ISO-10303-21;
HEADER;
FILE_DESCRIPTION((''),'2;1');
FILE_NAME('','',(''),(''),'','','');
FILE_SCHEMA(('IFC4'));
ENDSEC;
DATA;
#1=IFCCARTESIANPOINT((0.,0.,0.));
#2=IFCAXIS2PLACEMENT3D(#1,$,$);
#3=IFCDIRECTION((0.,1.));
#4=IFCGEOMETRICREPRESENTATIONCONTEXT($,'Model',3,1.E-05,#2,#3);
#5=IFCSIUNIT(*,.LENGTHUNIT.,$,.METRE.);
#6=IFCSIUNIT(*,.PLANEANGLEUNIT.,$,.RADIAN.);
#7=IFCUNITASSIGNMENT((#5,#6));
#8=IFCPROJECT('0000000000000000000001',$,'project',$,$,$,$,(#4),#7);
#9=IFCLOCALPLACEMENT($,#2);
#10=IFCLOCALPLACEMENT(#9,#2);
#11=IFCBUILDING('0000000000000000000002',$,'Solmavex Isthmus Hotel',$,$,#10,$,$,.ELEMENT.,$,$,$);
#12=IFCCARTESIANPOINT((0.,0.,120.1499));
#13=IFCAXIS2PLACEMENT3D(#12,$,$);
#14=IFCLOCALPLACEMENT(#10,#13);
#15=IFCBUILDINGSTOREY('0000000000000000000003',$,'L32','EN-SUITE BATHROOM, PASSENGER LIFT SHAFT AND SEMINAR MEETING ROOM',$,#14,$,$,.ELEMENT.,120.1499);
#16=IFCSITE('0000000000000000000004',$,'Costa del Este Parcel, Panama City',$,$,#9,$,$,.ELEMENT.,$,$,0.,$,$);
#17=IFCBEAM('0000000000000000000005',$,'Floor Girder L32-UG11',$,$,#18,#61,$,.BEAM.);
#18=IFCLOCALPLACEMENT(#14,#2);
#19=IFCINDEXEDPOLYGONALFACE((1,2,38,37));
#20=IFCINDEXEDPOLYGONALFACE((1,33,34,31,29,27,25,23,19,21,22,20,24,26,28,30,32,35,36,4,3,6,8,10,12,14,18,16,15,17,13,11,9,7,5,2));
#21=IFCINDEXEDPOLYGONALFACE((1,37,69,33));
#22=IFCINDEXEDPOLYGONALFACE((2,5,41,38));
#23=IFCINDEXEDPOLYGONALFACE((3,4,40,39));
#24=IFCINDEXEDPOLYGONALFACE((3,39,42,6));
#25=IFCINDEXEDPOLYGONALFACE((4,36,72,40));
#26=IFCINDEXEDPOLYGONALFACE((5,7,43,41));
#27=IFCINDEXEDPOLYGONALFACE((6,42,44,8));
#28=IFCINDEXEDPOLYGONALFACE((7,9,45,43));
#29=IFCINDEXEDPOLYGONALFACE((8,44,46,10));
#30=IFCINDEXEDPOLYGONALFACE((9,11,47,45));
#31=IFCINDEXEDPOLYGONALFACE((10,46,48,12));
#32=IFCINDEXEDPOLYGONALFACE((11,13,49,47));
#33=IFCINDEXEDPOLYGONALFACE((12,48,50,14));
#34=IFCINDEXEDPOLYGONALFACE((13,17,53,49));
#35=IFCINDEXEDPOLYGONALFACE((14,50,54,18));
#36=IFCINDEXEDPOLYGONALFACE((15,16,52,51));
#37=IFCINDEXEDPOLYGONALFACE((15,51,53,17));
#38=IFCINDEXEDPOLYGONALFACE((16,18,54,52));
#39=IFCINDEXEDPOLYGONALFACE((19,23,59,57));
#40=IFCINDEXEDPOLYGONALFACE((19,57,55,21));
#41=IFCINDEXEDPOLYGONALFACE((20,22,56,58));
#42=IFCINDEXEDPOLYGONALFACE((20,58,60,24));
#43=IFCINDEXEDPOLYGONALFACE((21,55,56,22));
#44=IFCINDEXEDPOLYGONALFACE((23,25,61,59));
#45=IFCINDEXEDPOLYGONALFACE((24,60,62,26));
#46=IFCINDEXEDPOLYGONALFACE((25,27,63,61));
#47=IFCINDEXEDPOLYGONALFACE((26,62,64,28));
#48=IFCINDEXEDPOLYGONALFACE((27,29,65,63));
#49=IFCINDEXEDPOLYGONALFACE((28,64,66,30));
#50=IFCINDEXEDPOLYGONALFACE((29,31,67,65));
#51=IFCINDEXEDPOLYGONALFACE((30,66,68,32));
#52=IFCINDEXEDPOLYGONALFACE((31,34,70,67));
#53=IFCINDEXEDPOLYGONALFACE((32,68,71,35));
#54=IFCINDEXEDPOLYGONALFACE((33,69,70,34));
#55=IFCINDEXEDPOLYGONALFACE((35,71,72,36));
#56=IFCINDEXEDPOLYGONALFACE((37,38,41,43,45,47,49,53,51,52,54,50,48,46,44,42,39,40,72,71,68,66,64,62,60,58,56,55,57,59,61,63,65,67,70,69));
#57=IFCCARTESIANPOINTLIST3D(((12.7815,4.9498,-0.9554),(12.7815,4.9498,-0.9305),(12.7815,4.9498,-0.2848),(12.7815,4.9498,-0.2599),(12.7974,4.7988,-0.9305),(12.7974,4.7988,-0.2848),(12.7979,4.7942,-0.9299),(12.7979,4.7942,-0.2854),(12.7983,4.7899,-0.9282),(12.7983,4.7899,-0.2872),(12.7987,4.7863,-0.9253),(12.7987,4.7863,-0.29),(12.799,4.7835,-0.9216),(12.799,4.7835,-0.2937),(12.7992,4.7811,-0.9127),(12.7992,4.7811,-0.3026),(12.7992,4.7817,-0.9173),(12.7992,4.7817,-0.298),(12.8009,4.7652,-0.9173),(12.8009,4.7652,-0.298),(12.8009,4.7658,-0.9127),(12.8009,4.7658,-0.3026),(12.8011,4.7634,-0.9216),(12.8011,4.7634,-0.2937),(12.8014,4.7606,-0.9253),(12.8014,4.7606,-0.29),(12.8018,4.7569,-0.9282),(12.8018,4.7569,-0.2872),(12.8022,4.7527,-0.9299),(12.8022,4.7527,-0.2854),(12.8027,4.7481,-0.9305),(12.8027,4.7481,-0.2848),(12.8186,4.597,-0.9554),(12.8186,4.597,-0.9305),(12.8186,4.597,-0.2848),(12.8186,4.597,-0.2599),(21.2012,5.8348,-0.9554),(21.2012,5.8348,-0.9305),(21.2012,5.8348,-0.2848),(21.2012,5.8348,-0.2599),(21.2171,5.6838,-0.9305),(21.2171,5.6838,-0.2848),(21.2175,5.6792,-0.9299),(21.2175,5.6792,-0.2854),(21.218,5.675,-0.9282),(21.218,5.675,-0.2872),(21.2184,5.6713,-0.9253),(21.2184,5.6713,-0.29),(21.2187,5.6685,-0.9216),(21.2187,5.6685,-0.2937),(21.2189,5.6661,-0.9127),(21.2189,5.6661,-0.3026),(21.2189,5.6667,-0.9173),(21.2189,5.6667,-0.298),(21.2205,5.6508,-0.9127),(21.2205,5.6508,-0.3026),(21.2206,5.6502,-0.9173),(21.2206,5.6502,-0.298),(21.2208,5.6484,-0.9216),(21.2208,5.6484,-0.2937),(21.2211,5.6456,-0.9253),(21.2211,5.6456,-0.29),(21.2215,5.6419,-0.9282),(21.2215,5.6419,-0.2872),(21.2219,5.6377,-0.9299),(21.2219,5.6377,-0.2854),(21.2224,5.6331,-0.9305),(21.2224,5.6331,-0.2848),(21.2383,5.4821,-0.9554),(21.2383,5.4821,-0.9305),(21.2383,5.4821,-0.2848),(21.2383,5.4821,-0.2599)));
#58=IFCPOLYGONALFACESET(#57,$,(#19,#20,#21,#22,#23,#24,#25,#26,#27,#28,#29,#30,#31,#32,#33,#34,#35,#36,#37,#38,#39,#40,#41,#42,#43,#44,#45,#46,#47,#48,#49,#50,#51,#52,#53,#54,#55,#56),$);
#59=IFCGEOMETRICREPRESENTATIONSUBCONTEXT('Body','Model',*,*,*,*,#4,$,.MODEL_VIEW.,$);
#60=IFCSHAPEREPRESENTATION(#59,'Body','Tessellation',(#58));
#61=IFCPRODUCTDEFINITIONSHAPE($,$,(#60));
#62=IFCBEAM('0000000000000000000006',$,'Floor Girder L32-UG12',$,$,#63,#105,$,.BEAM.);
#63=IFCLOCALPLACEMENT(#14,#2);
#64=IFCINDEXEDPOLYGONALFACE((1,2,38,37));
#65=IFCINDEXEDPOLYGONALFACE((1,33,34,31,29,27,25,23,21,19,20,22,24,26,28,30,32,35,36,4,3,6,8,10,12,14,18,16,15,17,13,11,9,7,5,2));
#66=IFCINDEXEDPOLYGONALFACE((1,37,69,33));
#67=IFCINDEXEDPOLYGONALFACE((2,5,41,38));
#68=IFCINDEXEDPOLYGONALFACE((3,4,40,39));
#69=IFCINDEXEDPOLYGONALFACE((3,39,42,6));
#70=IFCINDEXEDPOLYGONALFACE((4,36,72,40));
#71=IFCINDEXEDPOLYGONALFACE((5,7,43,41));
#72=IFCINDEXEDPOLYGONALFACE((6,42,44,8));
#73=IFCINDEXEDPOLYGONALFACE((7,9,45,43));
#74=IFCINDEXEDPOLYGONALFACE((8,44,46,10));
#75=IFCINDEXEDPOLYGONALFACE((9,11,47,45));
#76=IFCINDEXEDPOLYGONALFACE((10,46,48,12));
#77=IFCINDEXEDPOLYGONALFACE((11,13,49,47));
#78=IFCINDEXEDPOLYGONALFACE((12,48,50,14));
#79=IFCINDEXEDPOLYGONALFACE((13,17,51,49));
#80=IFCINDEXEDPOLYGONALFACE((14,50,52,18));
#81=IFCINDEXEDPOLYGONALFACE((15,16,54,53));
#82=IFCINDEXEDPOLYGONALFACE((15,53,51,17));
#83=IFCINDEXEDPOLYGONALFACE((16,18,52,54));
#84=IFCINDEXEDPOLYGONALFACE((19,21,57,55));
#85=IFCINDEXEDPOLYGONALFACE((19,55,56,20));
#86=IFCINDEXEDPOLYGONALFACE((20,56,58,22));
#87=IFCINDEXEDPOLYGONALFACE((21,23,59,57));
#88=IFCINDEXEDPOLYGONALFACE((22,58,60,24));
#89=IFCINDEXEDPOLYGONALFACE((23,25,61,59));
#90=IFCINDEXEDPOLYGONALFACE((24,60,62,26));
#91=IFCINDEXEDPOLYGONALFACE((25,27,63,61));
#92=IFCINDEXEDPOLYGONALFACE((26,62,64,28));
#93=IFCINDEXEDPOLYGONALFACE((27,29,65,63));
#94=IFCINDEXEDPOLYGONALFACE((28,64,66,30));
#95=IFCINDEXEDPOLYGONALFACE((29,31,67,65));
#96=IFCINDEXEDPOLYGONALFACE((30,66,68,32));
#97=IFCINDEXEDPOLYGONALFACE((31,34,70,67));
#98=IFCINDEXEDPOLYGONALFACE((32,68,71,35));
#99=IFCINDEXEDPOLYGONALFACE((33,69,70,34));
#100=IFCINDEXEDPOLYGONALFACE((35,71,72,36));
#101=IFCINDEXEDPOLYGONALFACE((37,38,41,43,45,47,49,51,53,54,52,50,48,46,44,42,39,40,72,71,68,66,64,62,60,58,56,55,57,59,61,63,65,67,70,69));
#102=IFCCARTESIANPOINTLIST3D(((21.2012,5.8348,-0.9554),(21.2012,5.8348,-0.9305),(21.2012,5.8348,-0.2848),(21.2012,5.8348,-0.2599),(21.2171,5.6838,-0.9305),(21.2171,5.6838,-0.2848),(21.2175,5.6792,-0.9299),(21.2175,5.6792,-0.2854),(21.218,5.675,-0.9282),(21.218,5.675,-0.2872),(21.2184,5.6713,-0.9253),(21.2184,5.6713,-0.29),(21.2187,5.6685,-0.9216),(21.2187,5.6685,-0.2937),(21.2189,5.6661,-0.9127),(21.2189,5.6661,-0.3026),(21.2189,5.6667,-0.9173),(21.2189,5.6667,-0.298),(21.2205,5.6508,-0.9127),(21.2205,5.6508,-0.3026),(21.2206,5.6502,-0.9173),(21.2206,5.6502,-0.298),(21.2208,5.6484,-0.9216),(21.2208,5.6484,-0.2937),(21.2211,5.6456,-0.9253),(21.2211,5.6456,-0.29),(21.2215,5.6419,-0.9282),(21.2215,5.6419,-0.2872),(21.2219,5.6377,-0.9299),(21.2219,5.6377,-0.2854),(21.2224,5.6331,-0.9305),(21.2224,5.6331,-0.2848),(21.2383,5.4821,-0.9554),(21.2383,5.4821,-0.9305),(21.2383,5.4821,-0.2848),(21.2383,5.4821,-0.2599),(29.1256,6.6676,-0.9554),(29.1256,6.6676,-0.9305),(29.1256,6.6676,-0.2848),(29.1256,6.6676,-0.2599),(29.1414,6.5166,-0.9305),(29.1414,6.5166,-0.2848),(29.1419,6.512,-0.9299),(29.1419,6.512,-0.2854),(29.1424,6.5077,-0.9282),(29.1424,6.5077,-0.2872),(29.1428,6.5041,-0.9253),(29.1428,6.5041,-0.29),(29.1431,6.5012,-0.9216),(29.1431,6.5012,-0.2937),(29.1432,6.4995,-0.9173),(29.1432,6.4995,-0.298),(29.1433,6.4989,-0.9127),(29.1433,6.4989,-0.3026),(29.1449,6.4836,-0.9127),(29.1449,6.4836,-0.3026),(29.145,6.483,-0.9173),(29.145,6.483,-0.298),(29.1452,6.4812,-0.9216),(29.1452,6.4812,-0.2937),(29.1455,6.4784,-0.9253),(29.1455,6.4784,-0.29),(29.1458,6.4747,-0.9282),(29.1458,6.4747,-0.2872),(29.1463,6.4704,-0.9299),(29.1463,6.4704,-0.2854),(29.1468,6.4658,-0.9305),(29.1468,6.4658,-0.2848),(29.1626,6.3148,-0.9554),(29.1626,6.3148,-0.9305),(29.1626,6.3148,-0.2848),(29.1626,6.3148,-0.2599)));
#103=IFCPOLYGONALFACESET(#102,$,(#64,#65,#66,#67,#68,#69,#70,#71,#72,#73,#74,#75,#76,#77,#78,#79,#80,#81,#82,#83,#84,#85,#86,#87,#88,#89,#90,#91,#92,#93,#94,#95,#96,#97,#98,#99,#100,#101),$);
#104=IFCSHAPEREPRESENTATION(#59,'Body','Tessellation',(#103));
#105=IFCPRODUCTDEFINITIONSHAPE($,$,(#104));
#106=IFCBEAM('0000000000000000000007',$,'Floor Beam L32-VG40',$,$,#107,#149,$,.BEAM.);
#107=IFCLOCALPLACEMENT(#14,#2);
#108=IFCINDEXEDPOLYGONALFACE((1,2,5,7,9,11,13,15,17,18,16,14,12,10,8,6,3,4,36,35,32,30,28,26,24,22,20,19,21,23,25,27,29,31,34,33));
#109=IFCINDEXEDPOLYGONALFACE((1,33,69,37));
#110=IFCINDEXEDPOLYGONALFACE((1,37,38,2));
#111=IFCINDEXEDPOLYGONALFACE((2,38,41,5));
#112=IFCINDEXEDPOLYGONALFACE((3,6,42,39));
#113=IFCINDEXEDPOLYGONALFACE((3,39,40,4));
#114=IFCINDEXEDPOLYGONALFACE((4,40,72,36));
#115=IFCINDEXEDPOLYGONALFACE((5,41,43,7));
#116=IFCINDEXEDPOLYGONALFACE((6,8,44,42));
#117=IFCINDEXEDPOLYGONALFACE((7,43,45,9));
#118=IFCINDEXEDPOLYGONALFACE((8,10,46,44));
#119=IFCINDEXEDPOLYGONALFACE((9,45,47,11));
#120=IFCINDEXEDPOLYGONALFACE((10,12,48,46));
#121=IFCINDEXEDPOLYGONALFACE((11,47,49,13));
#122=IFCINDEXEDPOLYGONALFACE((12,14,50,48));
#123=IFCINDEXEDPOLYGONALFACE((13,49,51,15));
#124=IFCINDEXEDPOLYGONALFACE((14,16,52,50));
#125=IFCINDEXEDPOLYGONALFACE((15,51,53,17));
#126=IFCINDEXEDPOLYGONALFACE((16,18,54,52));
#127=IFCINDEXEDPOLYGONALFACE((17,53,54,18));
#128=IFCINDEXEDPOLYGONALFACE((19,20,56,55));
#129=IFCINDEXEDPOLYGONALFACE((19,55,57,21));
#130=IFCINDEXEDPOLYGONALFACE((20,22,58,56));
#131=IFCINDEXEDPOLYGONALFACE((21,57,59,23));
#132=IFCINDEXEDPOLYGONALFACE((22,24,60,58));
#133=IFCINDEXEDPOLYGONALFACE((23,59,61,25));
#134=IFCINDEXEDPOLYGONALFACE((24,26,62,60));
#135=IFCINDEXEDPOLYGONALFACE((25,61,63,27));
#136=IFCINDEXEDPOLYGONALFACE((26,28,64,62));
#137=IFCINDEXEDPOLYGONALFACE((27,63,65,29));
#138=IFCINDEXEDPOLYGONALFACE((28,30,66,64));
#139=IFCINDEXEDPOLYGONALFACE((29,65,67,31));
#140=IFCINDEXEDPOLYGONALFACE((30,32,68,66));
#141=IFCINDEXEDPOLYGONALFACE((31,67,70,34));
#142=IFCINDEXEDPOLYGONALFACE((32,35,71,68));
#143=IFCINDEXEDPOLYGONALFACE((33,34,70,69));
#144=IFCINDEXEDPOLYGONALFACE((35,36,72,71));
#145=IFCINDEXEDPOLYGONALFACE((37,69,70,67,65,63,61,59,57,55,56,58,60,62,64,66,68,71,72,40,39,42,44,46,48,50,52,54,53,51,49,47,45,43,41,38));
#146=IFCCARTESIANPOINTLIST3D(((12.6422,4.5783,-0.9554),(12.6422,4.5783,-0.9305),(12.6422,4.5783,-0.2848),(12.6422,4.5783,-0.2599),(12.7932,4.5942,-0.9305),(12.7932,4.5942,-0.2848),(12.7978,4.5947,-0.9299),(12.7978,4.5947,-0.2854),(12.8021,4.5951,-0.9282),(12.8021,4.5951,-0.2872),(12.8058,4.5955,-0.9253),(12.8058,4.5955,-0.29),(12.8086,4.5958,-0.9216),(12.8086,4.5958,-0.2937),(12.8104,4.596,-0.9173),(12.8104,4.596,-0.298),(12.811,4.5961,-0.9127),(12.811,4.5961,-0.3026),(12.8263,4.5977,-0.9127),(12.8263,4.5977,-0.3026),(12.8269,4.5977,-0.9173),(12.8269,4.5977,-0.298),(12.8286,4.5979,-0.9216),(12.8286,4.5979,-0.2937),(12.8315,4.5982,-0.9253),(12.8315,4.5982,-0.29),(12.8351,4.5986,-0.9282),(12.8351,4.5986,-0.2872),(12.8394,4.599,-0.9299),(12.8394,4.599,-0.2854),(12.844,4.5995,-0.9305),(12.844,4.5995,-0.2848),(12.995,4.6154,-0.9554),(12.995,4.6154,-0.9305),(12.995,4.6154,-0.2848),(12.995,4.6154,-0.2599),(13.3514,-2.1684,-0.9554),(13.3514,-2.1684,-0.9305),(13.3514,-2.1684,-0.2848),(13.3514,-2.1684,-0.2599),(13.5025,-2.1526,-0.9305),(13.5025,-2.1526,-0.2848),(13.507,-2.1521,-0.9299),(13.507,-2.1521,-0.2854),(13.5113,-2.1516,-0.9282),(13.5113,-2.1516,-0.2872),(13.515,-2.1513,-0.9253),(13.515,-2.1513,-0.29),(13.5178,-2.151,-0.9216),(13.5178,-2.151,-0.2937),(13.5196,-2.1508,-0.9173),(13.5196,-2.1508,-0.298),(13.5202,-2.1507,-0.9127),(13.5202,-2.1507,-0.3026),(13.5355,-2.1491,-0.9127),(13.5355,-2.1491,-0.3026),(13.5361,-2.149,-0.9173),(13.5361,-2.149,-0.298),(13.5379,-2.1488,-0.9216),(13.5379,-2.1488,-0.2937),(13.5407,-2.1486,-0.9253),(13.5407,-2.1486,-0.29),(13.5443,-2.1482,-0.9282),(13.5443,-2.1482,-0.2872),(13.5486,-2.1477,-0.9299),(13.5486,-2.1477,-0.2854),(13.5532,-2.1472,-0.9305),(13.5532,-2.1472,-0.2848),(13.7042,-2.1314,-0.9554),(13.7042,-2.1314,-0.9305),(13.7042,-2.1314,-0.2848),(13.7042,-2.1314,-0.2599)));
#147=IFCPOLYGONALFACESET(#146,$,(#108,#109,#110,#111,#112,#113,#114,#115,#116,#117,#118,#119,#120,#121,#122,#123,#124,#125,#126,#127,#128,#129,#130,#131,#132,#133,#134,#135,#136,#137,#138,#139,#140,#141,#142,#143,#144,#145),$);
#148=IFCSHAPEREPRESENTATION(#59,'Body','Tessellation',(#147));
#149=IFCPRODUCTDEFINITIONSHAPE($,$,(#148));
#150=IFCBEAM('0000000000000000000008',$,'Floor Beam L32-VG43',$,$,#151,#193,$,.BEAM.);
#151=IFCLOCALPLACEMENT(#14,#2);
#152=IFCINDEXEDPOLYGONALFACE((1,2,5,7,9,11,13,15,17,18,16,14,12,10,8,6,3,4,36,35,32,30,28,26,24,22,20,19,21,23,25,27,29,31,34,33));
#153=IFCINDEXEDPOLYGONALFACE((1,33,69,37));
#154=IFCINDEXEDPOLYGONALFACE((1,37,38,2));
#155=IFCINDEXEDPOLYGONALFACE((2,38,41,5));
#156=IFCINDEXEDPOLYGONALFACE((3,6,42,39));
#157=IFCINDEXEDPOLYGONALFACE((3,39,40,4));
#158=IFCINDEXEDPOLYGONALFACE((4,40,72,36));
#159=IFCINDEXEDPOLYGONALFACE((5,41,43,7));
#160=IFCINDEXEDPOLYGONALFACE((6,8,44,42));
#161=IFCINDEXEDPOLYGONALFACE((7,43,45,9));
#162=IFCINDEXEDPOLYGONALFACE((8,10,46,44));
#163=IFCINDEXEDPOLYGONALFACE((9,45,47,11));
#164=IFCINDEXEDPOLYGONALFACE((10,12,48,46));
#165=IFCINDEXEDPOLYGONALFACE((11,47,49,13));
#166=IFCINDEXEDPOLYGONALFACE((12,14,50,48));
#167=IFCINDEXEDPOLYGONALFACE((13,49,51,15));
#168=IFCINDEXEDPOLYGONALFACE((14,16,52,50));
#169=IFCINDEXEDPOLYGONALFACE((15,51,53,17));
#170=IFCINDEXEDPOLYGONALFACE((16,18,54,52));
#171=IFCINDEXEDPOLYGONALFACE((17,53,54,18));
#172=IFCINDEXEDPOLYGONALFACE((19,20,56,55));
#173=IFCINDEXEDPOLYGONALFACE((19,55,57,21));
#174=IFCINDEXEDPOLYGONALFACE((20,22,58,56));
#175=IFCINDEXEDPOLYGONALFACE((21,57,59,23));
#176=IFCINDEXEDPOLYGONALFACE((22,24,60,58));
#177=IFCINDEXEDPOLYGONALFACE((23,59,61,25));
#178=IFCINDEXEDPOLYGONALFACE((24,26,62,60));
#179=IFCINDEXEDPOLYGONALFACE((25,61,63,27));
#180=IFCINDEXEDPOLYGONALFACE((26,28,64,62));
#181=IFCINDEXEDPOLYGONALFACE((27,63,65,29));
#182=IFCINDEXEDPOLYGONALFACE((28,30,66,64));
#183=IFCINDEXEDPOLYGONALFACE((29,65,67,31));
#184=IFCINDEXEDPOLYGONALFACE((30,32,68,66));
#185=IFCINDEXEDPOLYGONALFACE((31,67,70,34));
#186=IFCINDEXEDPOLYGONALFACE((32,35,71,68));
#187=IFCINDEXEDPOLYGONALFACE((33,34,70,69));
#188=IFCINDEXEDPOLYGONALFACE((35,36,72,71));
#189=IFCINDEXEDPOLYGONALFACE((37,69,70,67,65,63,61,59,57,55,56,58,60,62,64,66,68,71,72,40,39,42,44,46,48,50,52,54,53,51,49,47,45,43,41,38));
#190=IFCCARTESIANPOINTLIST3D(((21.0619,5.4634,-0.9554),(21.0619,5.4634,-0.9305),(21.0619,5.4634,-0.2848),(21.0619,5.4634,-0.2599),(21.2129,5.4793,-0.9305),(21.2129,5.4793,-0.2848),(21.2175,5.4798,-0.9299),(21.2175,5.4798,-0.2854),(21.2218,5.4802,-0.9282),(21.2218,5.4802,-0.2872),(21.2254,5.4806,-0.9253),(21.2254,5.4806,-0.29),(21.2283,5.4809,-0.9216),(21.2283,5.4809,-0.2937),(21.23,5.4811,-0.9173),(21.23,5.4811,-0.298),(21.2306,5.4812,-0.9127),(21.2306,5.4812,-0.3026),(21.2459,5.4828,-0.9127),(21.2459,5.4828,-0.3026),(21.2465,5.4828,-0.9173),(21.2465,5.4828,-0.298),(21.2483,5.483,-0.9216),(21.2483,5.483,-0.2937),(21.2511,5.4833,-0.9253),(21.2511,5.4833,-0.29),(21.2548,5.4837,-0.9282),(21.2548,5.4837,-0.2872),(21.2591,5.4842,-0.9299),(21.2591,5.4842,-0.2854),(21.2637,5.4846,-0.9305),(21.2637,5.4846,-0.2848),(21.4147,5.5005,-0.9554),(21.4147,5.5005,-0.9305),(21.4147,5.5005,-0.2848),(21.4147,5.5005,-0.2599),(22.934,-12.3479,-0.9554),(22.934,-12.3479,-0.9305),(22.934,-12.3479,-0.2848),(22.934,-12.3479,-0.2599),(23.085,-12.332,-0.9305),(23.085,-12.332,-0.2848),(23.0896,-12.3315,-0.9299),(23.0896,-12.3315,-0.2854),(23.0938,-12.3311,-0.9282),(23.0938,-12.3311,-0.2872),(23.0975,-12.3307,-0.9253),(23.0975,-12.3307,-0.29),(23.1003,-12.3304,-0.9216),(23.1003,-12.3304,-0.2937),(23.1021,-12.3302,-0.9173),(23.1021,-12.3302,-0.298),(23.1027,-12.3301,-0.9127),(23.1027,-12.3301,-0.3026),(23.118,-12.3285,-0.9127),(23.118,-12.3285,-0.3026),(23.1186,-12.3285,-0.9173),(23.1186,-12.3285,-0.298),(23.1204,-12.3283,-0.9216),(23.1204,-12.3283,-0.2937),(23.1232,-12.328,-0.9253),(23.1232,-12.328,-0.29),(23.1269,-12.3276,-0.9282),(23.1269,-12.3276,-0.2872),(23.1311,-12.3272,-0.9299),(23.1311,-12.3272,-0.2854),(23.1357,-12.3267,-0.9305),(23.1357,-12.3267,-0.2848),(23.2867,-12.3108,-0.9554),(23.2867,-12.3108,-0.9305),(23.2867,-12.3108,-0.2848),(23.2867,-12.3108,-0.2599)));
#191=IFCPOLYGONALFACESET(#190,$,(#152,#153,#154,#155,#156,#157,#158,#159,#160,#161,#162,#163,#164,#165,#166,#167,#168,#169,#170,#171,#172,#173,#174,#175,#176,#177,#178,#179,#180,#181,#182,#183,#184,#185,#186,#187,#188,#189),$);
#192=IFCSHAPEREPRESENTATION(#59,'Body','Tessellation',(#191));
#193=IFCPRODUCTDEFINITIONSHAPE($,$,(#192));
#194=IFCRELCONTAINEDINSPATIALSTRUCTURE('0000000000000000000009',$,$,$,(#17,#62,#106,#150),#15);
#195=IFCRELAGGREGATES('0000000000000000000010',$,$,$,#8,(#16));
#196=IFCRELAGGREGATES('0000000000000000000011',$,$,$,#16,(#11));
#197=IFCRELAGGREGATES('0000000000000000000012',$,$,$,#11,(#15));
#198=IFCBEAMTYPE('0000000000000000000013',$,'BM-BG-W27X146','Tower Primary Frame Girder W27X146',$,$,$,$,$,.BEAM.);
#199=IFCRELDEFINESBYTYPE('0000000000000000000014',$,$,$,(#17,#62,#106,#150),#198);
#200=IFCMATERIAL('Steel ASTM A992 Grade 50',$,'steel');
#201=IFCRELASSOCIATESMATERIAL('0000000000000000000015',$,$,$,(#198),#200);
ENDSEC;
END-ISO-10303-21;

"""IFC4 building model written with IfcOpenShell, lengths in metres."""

from ifc_helpers import new_model, si_unit, direction, frame, origin, origin_2d, place, context, subcontext, project, spatial, i_section, extrude, material, material_profile, profile_set, type_object, element, save


model = new_model("IFC4")

# Units and contexts
model_context = context("Model", 3, precision=1e-05, world=origin(), true_north=direction((0.0, 1.0)))
body_context = subcontext(model_context, "Body", "Model", "MODEL_VIEW")
ifc_project = project(units=[si_unit("LENGTHUNIT", "METRE"), si_unit("PLANEANGLEUNIT", "RADIAN")], contexts=[model_context])

# Site, building, storey
site_placement = place(None, origin())
site = spatial("IfcSite", under=ifc_project, at=site_placement, Name="Costa del Este Parcel, Panama City", CompositionType="ELEMENT", RefElevation=0.0)
building_placement = place(site_placement, origin())
building = spatial("IfcBuilding", under=site, at=building_placement, Name="Solmavex Isthmus Hotel", CompositionType="ELEMENT")
storey_placement = place(building_placement, frame((0.0, 0.0, 120.1499)))
storey = spatial("IfcBuildingStorey", under=building, at=storey_placement, Name="L32", Description="EN-SUITE BATHROOM, PASSENGER LIFT SHAFT AND SEMINAR MEETING ROOM", CompositionType="ELEMENT", Elevation=120.1499)

# Beams
ifc_material_1 = material(Name="Steel ASTM A992 Grade 50", Category="steel")
ifc_material_profile_1 = material_profile(ifc_material_1, i_section(OverallWidth=0.3547, OverallDepth=0.6956, WebThickness=0.0154, FlangeThickness=0.0249, FilletRadius=0.0178, at=origin_2d()), Name="W27X146")
ifc_profile_set_1 = profile_set([ifc_material_profile_1], Name="Steel ASTM A992 Grade 50")
beam_type_1 = type_object("IfcBeamType", Name="BM-BG-W27X146", Description="Tower Primary Frame Girder W27X146", PredefinedType="BEAM", material=ifc_profile_set_1)
beam_1_placement = place(storey_placement, frame((12.8, 4.7734, -0.6077), z_axis=(0.994521, 0.104536, 0.0), x_axis=(-0.104536, 0.994521, 0.0)))
element("IfcBeam", 1, at=beam_1_placement, inside=storey, type_object=beam_type_1, Name="Floor Girder L32-UG11", PredefinedType="BEAM", context=body_context, shape_type="SweptSolid", body=[
    extrude(i_section(OverallWidth=0.3547, OverallDepth=0.6956, WebThickness=0.0154, FlangeThickness=0.0249, FilletRadius=0.0178, at=origin_2d()), origin(), (0.0, 0.0, 1.0), 8.4661),
])
beam_2_placement = place(storey_placement, frame((21.2197, 5.6584, -0.6077), z_axis=(0.994523, 0.104514, 0.0), x_axis=(-0.104514, 0.994523, 0.0)))
element("IfcBeam", 2, at=beam_2_placement, inside=storey, type_object=beam_type_1, Name="Floor Girder L32-UG12", PredefinedType="BEAM", context=body_context, shape_type="SweptSolid", body=[
    extrude(i_section(OverallWidth=0.3547, OverallDepth=0.6956, WebThickness=0.0154, FlangeThickness=0.0249, FilletRadius=0.0178, at=origin_2d()), origin(), (0.0, 0.0, 1.0), 7.968),
])
beam_3_placement = place(storey_placement, frame((13.5278, -2.1499, -0.6077), z_axis=(-0.104544, 0.99452, 0.0), x_axis=(-0.99452, -0.104544, 0.0)))
element("IfcBeam", 3, at=beam_3_placement, inside=storey, type_object=beam_type_1, Name="Floor Beam L32-VG40", PredefinedType="BEAM", context=body_context, shape_type="SweptSolid", body=[
    extrude(i_section(OverallWidth=0.3547, OverallDepth=0.6956, WebThickness=0.0154, FlangeThickness=0.0249, FilletRadius=0.0178, at=origin_2d()), origin(), (0.0, 0.0, 1.0), 6.7839),
])
beam_4_placement = place(storey_placement, frame((23.1104, -12.3293, -0.6077), z_axis=(-0.10453, 0.994522, 0.0), x_axis=(-0.994522, -0.10453, 0.0)))
element("IfcBeam", 4, at=beam_4_placement, inside=storey, type_object=beam_type_1, Name="Floor Beam L32-VG43", PredefinedType="BEAM", context=body_context, shape_type="SweptSolid", body=[
    extrude(i_section(OverallWidth=0.3547, OverallDepth=0.6956, WebThickness=0.0154, FlangeThickness=0.0249, FilletRadius=0.0178, at=origin_2d()), origin(), (0.0, 0.0, 1.0), 17.9094),
])

save(model, "model.ifc")
